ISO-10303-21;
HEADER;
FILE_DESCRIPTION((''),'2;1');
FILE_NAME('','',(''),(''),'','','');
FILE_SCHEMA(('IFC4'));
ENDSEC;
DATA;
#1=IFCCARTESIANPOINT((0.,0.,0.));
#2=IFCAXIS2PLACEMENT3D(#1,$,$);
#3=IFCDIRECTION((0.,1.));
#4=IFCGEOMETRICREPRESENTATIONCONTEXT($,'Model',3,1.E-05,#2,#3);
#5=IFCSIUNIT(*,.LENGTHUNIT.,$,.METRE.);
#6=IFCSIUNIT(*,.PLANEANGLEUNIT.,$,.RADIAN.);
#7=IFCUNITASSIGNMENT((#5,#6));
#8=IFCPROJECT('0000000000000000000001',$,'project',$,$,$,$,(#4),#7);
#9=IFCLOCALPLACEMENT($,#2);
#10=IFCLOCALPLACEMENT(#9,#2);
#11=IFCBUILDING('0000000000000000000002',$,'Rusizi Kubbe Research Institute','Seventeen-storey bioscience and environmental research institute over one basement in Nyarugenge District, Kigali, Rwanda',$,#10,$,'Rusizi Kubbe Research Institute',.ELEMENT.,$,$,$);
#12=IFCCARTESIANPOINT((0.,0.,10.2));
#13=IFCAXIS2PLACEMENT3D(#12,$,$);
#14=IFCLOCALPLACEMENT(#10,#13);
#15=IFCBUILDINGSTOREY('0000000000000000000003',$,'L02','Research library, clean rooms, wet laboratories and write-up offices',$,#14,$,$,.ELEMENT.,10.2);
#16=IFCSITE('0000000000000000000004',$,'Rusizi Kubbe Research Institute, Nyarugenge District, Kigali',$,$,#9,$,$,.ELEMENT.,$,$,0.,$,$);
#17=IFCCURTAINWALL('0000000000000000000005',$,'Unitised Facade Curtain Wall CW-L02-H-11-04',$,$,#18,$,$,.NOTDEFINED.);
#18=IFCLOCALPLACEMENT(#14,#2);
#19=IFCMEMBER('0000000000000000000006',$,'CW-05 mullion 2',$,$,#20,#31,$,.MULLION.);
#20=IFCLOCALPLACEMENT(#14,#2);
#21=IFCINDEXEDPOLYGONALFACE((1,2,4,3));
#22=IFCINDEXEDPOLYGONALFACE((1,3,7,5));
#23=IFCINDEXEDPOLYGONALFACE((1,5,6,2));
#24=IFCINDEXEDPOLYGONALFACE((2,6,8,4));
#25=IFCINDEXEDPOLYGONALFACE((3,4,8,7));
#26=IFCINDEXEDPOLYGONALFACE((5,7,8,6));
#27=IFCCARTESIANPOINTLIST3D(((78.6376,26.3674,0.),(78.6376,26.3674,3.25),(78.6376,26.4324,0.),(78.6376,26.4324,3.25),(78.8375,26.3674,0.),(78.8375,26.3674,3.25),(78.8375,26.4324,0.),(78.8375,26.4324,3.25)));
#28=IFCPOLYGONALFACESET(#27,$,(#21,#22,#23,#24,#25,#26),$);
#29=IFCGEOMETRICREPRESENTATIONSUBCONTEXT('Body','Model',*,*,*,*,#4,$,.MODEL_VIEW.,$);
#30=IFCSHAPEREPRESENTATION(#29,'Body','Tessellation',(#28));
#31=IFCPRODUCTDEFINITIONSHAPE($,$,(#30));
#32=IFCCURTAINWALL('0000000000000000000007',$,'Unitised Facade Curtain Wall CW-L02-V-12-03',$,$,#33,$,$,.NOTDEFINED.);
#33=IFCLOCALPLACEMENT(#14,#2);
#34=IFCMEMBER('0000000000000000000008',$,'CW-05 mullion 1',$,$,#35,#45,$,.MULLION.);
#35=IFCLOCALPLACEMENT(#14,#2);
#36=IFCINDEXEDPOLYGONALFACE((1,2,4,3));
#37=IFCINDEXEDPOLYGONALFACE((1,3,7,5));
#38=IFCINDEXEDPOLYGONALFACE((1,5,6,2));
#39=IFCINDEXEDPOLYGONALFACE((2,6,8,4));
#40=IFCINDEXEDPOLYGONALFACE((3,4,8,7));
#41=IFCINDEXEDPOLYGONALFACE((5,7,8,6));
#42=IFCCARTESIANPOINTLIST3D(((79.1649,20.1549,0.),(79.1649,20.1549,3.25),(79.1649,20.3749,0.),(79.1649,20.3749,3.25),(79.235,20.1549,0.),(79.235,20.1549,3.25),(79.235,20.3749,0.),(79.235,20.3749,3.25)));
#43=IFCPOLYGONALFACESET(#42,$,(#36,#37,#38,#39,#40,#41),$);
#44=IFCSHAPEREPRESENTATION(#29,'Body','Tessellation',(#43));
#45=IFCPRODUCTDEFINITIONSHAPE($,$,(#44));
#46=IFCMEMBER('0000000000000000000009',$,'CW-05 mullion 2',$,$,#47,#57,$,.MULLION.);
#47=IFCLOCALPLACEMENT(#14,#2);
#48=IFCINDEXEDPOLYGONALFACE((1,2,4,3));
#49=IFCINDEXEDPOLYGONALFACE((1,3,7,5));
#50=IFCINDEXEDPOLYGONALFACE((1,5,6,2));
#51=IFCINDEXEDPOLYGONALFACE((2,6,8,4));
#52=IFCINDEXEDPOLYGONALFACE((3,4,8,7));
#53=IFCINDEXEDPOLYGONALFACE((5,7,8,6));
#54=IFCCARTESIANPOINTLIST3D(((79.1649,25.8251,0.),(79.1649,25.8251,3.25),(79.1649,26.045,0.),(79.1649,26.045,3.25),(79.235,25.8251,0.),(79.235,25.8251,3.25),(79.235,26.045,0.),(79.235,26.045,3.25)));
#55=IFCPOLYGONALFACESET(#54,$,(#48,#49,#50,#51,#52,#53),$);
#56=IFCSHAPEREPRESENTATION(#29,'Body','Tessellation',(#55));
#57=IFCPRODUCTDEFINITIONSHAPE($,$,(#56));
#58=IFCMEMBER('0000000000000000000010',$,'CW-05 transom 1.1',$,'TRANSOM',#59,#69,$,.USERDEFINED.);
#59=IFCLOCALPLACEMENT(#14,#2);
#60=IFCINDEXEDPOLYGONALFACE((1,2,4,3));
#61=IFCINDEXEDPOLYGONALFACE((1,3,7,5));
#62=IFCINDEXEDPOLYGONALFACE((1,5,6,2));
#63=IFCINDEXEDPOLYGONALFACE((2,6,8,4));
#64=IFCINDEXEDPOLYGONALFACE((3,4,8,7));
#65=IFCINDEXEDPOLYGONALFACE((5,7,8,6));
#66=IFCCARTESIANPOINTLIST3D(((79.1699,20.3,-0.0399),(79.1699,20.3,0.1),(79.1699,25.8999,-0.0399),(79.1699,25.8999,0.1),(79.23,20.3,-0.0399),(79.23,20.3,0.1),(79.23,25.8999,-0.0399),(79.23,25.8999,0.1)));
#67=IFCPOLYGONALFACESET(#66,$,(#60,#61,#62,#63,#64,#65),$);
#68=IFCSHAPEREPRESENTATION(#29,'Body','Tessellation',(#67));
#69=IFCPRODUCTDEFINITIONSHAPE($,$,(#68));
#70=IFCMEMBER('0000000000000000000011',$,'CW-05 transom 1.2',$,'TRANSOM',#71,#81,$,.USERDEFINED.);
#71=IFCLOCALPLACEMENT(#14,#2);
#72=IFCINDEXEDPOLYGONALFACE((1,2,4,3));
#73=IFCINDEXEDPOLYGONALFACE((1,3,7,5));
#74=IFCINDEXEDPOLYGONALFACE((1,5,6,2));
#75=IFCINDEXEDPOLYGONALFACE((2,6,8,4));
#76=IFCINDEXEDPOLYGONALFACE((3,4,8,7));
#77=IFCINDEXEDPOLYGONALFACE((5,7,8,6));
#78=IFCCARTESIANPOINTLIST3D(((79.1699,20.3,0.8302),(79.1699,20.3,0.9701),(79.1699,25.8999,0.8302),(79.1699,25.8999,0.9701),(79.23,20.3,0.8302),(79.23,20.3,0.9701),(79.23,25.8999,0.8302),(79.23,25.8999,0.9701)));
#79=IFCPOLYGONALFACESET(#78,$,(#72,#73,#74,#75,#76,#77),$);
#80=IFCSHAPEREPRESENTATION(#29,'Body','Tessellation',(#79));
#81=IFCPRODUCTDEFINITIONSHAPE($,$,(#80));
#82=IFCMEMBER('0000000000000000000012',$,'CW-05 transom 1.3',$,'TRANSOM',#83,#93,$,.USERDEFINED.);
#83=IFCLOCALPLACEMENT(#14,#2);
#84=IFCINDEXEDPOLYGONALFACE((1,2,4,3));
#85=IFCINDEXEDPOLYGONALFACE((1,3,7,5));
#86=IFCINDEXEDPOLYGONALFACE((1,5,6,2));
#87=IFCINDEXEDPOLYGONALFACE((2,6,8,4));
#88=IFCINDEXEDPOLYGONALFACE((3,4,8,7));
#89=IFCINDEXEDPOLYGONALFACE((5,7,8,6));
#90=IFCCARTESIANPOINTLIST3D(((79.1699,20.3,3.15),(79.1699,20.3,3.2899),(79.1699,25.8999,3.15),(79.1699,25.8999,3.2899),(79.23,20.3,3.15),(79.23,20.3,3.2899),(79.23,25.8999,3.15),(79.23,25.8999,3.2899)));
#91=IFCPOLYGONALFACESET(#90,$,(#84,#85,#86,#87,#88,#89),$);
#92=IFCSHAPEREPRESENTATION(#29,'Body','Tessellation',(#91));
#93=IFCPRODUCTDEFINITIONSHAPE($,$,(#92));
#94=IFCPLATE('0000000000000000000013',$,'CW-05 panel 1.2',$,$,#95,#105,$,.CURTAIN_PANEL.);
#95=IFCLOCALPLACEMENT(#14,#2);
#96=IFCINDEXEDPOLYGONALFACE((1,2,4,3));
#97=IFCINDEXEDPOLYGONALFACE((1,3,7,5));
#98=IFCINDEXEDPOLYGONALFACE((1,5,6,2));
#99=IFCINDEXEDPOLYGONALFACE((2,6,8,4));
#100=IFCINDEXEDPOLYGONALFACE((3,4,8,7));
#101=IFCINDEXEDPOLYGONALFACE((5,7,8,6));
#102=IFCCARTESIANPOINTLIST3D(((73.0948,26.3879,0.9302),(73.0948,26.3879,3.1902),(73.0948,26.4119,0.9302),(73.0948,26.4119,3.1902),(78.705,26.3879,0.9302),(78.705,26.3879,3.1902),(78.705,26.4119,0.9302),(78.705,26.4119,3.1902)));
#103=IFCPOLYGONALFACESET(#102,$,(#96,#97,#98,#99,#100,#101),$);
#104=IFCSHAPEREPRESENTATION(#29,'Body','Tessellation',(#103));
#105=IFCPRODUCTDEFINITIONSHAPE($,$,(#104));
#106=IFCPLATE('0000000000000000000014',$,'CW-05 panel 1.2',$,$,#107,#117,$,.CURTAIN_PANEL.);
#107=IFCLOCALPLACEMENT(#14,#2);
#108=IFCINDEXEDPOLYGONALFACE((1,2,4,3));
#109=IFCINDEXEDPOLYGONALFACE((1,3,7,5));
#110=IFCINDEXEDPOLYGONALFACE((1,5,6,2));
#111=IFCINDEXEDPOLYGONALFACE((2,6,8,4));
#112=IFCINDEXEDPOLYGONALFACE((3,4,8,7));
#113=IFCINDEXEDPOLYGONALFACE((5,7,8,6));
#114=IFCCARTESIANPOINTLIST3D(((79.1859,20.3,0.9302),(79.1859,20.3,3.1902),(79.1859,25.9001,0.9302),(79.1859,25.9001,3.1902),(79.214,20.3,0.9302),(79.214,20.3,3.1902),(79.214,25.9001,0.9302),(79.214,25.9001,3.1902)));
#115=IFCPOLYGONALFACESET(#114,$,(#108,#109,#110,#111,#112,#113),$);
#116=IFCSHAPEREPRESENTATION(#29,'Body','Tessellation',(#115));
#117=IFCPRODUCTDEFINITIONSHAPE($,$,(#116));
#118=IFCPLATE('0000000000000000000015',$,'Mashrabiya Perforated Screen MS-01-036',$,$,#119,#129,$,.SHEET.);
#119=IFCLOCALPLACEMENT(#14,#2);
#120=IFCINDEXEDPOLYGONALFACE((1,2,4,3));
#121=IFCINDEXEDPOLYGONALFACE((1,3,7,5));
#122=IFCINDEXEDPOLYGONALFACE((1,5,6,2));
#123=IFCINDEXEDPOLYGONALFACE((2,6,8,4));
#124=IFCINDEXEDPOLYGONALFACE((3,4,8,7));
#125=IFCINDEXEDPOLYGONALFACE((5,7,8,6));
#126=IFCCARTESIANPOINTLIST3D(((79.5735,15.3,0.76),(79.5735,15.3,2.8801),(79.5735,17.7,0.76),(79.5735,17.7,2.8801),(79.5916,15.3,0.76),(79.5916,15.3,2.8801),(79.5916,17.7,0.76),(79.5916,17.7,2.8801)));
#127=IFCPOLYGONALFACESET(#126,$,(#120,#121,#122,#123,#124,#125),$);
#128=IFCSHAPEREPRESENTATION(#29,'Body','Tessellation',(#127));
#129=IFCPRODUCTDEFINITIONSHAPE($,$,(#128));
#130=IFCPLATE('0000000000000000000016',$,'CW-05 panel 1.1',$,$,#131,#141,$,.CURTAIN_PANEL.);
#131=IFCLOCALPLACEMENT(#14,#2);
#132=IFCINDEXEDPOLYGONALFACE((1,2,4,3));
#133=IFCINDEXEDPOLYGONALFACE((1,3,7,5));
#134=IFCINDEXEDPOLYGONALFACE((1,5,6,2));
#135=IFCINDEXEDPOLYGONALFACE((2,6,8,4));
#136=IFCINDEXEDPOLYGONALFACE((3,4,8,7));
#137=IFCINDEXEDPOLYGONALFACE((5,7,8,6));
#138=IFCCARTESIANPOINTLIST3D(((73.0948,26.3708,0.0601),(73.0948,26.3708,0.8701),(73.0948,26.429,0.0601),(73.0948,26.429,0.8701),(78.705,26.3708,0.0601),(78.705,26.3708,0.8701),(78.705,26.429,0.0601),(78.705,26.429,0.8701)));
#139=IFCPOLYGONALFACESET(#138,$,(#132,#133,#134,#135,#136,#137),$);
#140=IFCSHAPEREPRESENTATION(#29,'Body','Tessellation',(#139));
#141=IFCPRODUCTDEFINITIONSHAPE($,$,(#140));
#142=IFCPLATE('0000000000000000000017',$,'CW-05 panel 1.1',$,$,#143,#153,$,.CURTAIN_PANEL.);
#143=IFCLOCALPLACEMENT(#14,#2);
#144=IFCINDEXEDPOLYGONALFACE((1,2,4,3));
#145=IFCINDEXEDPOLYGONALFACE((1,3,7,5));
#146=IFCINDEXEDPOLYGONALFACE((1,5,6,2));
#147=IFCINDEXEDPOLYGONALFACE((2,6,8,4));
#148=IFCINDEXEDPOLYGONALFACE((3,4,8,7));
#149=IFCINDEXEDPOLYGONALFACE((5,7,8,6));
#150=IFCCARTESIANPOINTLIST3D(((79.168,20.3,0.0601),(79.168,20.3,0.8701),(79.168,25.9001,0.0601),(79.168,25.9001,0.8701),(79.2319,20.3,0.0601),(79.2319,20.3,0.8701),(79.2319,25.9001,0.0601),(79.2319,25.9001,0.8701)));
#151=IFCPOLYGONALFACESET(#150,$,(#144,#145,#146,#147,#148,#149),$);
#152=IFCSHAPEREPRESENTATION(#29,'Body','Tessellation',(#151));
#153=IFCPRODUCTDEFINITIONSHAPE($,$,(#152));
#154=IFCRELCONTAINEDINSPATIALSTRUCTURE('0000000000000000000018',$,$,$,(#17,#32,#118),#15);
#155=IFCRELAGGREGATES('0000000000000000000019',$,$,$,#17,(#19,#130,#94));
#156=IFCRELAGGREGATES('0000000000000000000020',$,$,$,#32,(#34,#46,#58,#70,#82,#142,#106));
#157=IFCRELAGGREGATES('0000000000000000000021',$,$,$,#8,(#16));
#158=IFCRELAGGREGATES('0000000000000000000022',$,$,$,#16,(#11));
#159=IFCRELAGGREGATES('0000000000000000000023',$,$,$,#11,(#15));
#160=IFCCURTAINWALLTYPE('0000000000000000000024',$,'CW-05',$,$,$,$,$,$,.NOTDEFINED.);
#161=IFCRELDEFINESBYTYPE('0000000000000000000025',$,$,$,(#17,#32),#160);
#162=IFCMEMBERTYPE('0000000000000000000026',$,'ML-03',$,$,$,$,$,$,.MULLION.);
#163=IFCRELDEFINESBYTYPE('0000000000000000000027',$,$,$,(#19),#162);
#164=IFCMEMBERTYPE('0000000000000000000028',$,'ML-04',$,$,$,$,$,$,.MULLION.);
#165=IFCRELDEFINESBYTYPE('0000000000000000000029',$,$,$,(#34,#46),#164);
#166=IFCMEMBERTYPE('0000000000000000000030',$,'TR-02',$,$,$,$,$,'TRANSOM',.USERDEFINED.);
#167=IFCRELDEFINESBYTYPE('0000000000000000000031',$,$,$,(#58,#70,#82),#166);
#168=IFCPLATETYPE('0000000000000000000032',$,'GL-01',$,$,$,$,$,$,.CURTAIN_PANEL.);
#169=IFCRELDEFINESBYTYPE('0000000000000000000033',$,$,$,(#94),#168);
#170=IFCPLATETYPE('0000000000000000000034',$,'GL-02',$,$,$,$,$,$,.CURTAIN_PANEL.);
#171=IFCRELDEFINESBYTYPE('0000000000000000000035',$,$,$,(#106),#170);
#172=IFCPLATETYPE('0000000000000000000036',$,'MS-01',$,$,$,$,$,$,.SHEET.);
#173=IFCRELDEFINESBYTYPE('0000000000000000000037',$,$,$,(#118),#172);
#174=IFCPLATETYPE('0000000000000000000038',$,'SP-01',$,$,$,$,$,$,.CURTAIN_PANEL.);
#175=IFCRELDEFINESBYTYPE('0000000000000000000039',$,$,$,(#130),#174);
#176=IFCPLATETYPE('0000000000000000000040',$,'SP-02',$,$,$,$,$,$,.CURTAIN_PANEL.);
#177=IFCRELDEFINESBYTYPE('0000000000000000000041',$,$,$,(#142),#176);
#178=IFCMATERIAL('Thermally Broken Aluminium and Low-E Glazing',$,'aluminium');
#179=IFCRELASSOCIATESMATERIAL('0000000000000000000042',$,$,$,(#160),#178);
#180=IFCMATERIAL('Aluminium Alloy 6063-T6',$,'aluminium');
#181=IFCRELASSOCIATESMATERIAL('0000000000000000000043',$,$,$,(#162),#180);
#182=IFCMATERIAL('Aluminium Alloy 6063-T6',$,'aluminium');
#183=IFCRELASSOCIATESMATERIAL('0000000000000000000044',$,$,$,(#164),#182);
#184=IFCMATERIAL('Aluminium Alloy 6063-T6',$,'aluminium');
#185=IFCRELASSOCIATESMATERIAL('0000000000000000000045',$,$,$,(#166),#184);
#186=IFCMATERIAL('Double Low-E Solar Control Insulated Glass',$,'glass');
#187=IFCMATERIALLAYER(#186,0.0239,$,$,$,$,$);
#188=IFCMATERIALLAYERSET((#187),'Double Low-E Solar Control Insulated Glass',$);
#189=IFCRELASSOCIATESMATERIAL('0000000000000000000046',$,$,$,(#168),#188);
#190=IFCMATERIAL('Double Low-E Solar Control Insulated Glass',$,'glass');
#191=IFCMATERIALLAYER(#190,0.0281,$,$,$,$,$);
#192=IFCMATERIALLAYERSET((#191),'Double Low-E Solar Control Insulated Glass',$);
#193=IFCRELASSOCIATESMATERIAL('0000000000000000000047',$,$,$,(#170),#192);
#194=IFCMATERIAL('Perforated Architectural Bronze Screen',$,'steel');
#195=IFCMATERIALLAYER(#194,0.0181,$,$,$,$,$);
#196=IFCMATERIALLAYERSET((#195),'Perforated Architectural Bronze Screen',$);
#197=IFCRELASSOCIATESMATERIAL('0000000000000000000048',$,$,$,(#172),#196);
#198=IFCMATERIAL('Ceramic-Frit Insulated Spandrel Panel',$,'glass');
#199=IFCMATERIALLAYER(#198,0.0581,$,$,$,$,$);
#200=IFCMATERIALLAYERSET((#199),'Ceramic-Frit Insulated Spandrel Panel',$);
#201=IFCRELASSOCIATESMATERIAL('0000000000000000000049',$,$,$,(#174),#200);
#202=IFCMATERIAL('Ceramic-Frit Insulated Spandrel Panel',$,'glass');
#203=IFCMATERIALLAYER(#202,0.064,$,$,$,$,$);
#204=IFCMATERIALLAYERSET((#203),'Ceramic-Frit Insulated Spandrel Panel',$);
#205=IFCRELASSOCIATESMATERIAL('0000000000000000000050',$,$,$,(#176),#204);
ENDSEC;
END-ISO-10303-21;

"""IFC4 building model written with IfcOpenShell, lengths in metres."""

from ifc_helpers import new_model, si_unit, direction, frame, origin, origin_2d, place, context, subcontext, project, spatial, rectangle, extrude, material, layer, layer_set, material_profile, profile_set, type_object, element, aggregate, save


model = new_model("IFC4")

# Units and contexts
model_context = context("Model", 3, precision=1e-05, world=origin(), true_north=direction((0.0, 1.0)))
body_context = subcontext(model_context, "Body", "Model", "MODEL_VIEW")
ifc_project = project(units=[si_unit("LENGTHUNIT", "METRE"), si_unit("PLANEANGLEUNIT", "RADIAN")], contexts=[model_context])

# Site, building, storey
site_placement = place(None, origin())
site = spatial("IfcSite", under=ifc_project, at=site_placement, Name="Rusizi Kubbe Research Institute, Nyarugenge District, Kigali", CompositionType="ELEMENT", RefElevation=0.0)
building_placement = place(site_placement, origin())
building = spatial("IfcBuilding", under=site, at=building_placement, Name="Rusizi Kubbe Research Institute", Description="Seventeen-storey bioscience and environmental research institute over one basement in Nyarugenge District, Kigali, Rwanda", LongName="Rusizi Kubbe Research Institute", CompositionType="ELEMENT")
storey_placement = place(building_placement, frame((0.0, 0.0, 10.2)))
storey = spatial("IfcBuildingStorey", under=building, at=storey_placement, Name="L02", Description="Research library, clean rooms, wet laboratories and write-up offices", CompositionType="ELEMENT", Elevation=10.2)

# Curtain wall, member
ifc_material_1 = material(Name="Thermally Broken Aluminium and Low-E Glazing", Category="aluminium")
curtain_wall_type = type_object("IfcCurtainWallType", Name="CW-05", PredefinedType="NOTDEFINED", material=ifc_material_1)
curtain_wall_1_placement = place(storey_placement, origin())
curtain_wall_1 = element("IfcCurtainWall", 1, at=curtain_wall_1_placement, inside=storey, type_object=curtain_wall_type, Name="Unitised Facade Curtain Wall CW-L02-H-11-04", PredefinedType="NOTDEFINED")
ifc_material_2 = material(Name="Aluminium Alloy 6063-T6", Category="aluminium")
ifc_material_profile_1 = material_profile(ifc_material_2, rectangle(XDim=0.0649, YDim=0.2, at=origin_2d()), Name="ALU-M 65x200")
ifc_profile_set_1 = profile_set([ifc_material_profile_1], Name="Aluminium Alloy 6063-T6")
member_type_1 = type_object("IfcMemberType", Name="ML-03", PredefinedType="MULLION", material=ifc_profile_set_1)
member_1_placement = place(storey_placement, frame((78.7375, 26.3999, 0.0), z_axis=(0.0, 0.0, 1.0), x_axis=(0.0, 1.0, 0.0)))
member_1 = element("IfcMember", 2, at=member_1_placement, type_object=member_type_1, Name="CW-05 mullion 2", PredefinedType="MULLION", context=body_context, shape_type="SweptSolid", body=[
    extrude(rectangle(XDim=0.0649, YDim=0.2, at=origin_2d()), origin(), (0.0, 0.0, 1.0), 3.25),
])

# Curtain wall, members
curtain_wall_2_placement = place(storey_placement, origin())
curtain_wall_2 = element("IfcCurtainWall", 3, at=curtain_wall_2_placement, inside=storey, type_object=curtain_wall_type, Name="Unitised Facade Curtain Wall CW-L02-V-12-03", PredefinedType="NOTDEFINED")
ifc_material_3 = material(Name="Aluminium Alloy 6063-T6", Category="aluminium")
ifc_material_profile_2 = material_profile(ifc_material_3, rectangle(XDim=0.0701, YDim=0.22, at=origin_2d()), Name="ALU-M 70x220")
ifc_profile_set_2 = profile_set([ifc_material_profile_2], Name="Aluminium Alloy 6063-T6")
member_type_2 = type_object("IfcMemberType", Name="ML-04", PredefinedType="MULLION", material=ifc_profile_set_2)
member_2_placement = place(storey_placement, frame((79.2, 20.2649, 0.0), z_axis=(0.0, 0.0, 1.0), x_axis=(-1.0, 0.0, 0.0)))
member_2 = element("IfcMember", 4, at=member_2_placement, type_object=member_type_2, Name="CW-05 mullion 1", PredefinedType="MULLION", context=body_context, shape_type="SweptSolid", body=[
    extrude(rectangle(XDim=0.0701, YDim=0.22, at=origin_2d()), origin(), (0.0, 0.0, 1.0), 3.25),
])
member_3_placement = place(storey_placement, frame((79.2, 25.9351, 0.0), z_axis=(0.0, 0.0, 1.0), x_axis=(-1.0, 0.0, 0.0)))
member_3 = element("IfcMember", 5, at=member_3_placement, type_object=member_type_2, Name="CW-05 mullion 2", PredefinedType="MULLION", context=body_context, shape_type="SweptSolid", body=[
    extrude(rectangle(XDim=0.0701, YDim=0.22, at=origin_2d()), origin(), (0.0, 0.0, 1.0), 3.25),
])
ifc_material_4 = material(Name="Aluminium Alloy 6063-T6", Category="aluminium")
ifc_material_profile_3 = material_profile(ifc_material_4, rectangle(XDim=0.0601, YDim=0.1399, at=origin_2d()), Name="ALU-T 60x140")
ifc_profile_set_3 = profile_set([ifc_material_profile_3], Name="Aluminium Alloy 6063-T6")
member_type_3 = type_object("IfcMemberType", Name="TR-02", ElementType="TRANSOM", PredefinedType="USERDEFINED", material=ifc_profile_set_3)
member_4_placement = place(storey_placement, frame((79.2, 20.3, 0.03), z_axis=(0.0, 1.0, 0.0), x_axis=(-1.0, 0.0, 0.0)))
member_4 = element("IfcMember", 6, at=member_4_placement, type_object=member_type_3, Name="CW-05 transom 1.1", ObjectType="TRANSOM", PredefinedType="USERDEFINED", context=body_context, shape_type="SweptSolid", body=[
    extrude(rectangle(XDim=0.0601, YDim=0.1399, at=origin_2d()), origin(), (0.0, 0.0, 1.0), 5.5999),
])
member_5_placement = place(storey_placement, frame((79.2, 20.3, 0.9001), z_axis=(0.0, 1.0, 0.0), x_axis=(-1.0, 0.0, 0.0)))
member_5 = element("IfcMember", 7, at=member_5_placement, type_object=member_type_3, Name="CW-05 transom 1.2", ObjectType="TRANSOM", PredefinedType="USERDEFINED", context=body_context, shape_type="SweptSolid", body=[
    extrude(rectangle(XDim=0.0601, YDim=0.1399, at=origin_2d()), origin(), (0.0, 0.0, 1.0), 5.5999),
])
member_6_placement = place(storey_placement, frame((79.2, 20.3, 3.22), z_axis=(0.0, 1.0, 0.0), x_axis=(-1.0, 0.0, 0.0)))
member_6 = element("IfcMember", 8, at=member_6_placement, type_object=member_type_3, Name="CW-05 transom 1.3", ObjectType="TRANSOM", PredefinedType="USERDEFINED", context=body_context, shape_type="SweptSolid", body=[
    extrude(rectangle(XDim=0.0601, YDim=0.1399, at=origin_2d()), origin(), (0.0, 0.0, 1.0), 5.5999),
])

# Plates
ifc_material_5 = material(Name="Double Low-E Solar Control Insulated Glass", Category="glass")
ifc_layer_1 = layer(ifc_material_5, 0.0239)
ifc_layer_set_1 = layer_set([ifc_layer_1], Name="Double Low-E Solar Control Insulated Glass")
plate_type_1 = type_object("IfcPlateType", Name="GL-01", PredefinedType="CURTAIN_PANEL", material=ifc_layer_set_1)
plate_1_placement = place(storey_placement, frame((75.8999, 26.3999, 0.9302), z_axis=(0.0, 0.0, 1.0), x_axis=(1.0, 0.0, 0.0)))
plate_1 = element("IfcPlate", 9, at=plate_1_placement, type_object=plate_type_1, Name="CW-05 panel 1.2", PredefinedType="CURTAIN_PANEL", context=body_context, shape_type="SweptSolid", body=[
    extrude(rectangle(XDim=5.6101, YDim=0.0239, at=origin_2d()), origin(), (0.0, 0.0, 1.0), 2.26),
])
ifc_material_6 = material(Name="Double Low-E Solar Control Insulated Glass", Category="glass")
ifc_layer_2 = layer(ifc_material_6, 0.0281)
ifc_layer_set_2 = layer_set([ifc_layer_2], Name="Double Low-E Solar Control Insulated Glass")
plate_type_2 = type_object("IfcPlateType", Name="GL-02", PredefinedType="CURTAIN_PANEL", material=ifc_layer_set_2)
plate_2_placement = place(storey_placement, frame((79.2, 23.1001, 0.9302), z_axis=(0.0, 0.0, 1.0), x_axis=(0.0, 1.0, 0.0)))
plate_2 = element("IfcPlate", 10, at=plate_2_placement, type_object=plate_type_2, Name="CW-05 panel 1.2", PredefinedType="CURTAIN_PANEL", context=body_context, shape_type="SweptSolid", body=[
    extrude(rectangle(XDim=5.6001, YDim=0.0281, at=origin_2d()), origin(), (0.0, 0.0, 1.0), 2.26),
])
ifc_material_7 = material(Name="Perforated Architectural Bronze Screen", Category="steel")
ifc_layer_3 = layer(ifc_material_7, 0.0181)
ifc_layer_set_3 = layer_set([ifc_layer_3], Name="Perforated Architectural Bronze Screen")
plate_type_3 = type_object("IfcPlateType", Name="MS-01", PredefinedType="SHEET", material=ifc_layer_set_3)
plate_3_placement = place(storey_placement, frame((79.5825, 16.5, 0.76), z_axis=(0.0, 0.0, 1.0), x_axis=(0.0, 1.0, 0.0)))
element("IfcPlate", 11, at=plate_3_placement, inside=storey, type_object=plate_type_3, Name="Mashrabiya Perforated Screen MS-01-036", PredefinedType="SHEET", context=body_context, shape_type="SweptSolid", body=[
    extrude(rectangle(XDim=2.3999, YDim=0.0181, at=origin_2d()), origin(), (0.0, 0.0, 1.0), 2.1201),
])
ifc_material_8 = material(Name="Ceramic-Frit Insulated Spandrel Panel", Category="glass")
ifc_layer_4 = layer(ifc_material_8, 0.0581)
ifc_layer_set_4 = layer_set([ifc_layer_4], Name="Ceramic-Frit Insulated Spandrel Panel")
plate_type_4 = type_object("IfcPlateType", Name="SP-01", PredefinedType="CURTAIN_PANEL", material=ifc_layer_set_4)
plate_4_placement = place(storey_placement, frame((75.8999, 26.3999, 0.0601), z_axis=(0.0, 0.0, 1.0), x_axis=(1.0, 0.0, 0.0)))
plate_4 = element("IfcPlate", 12, at=plate_4_placement, type_object=plate_type_4, Name="CW-05 panel 1.1", PredefinedType="CURTAIN_PANEL", context=body_context, shape_type="SweptSolid", body=[
    extrude(rectangle(XDim=5.6101, YDim=0.0581, at=origin_2d()), origin(), (0.0, 0.0, 1.0), 0.8101),
])
aggregate(curtain_wall_1, [member_1, plate_4, plate_1])
ifc_material_9 = material(Name="Ceramic-Frit Insulated Spandrel Panel", Category="glass")
ifc_layer_5 = layer(ifc_material_9, 0.064)
ifc_layer_set_5 = layer_set([ifc_layer_5], Name="Ceramic-Frit Insulated Spandrel Panel")
plate_type_5 = type_object("IfcPlateType", Name="SP-02", PredefinedType="CURTAIN_PANEL", material=ifc_layer_set_5)
plate_5_placement = place(storey_placement, frame((79.2, 23.1001, 0.0601), z_axis=(0.0, 0.0, 1.0), x_axis=(0.0, 1.0, 0.0)))
plate_5 = element("IfcPlate", 13, at=plate_5_placement, type_object=plate_type_5, Name="CW-05 panel 1.1", PredefinedType="CURTAIN_PANEL", context=body_context, shape_type="SweptSolid", body=[
    extrude(rectangle(XDim=5.6001, YDim=0.064, at=origin_2d()), origin(), (0.0, 0.0, 1.0), 0.8101),
])
aggregate(curtain_wall_2, [member_2, member_3, member_4, member_5, member_6, plate_5, plate_2])

save(model, "model.ifc")
